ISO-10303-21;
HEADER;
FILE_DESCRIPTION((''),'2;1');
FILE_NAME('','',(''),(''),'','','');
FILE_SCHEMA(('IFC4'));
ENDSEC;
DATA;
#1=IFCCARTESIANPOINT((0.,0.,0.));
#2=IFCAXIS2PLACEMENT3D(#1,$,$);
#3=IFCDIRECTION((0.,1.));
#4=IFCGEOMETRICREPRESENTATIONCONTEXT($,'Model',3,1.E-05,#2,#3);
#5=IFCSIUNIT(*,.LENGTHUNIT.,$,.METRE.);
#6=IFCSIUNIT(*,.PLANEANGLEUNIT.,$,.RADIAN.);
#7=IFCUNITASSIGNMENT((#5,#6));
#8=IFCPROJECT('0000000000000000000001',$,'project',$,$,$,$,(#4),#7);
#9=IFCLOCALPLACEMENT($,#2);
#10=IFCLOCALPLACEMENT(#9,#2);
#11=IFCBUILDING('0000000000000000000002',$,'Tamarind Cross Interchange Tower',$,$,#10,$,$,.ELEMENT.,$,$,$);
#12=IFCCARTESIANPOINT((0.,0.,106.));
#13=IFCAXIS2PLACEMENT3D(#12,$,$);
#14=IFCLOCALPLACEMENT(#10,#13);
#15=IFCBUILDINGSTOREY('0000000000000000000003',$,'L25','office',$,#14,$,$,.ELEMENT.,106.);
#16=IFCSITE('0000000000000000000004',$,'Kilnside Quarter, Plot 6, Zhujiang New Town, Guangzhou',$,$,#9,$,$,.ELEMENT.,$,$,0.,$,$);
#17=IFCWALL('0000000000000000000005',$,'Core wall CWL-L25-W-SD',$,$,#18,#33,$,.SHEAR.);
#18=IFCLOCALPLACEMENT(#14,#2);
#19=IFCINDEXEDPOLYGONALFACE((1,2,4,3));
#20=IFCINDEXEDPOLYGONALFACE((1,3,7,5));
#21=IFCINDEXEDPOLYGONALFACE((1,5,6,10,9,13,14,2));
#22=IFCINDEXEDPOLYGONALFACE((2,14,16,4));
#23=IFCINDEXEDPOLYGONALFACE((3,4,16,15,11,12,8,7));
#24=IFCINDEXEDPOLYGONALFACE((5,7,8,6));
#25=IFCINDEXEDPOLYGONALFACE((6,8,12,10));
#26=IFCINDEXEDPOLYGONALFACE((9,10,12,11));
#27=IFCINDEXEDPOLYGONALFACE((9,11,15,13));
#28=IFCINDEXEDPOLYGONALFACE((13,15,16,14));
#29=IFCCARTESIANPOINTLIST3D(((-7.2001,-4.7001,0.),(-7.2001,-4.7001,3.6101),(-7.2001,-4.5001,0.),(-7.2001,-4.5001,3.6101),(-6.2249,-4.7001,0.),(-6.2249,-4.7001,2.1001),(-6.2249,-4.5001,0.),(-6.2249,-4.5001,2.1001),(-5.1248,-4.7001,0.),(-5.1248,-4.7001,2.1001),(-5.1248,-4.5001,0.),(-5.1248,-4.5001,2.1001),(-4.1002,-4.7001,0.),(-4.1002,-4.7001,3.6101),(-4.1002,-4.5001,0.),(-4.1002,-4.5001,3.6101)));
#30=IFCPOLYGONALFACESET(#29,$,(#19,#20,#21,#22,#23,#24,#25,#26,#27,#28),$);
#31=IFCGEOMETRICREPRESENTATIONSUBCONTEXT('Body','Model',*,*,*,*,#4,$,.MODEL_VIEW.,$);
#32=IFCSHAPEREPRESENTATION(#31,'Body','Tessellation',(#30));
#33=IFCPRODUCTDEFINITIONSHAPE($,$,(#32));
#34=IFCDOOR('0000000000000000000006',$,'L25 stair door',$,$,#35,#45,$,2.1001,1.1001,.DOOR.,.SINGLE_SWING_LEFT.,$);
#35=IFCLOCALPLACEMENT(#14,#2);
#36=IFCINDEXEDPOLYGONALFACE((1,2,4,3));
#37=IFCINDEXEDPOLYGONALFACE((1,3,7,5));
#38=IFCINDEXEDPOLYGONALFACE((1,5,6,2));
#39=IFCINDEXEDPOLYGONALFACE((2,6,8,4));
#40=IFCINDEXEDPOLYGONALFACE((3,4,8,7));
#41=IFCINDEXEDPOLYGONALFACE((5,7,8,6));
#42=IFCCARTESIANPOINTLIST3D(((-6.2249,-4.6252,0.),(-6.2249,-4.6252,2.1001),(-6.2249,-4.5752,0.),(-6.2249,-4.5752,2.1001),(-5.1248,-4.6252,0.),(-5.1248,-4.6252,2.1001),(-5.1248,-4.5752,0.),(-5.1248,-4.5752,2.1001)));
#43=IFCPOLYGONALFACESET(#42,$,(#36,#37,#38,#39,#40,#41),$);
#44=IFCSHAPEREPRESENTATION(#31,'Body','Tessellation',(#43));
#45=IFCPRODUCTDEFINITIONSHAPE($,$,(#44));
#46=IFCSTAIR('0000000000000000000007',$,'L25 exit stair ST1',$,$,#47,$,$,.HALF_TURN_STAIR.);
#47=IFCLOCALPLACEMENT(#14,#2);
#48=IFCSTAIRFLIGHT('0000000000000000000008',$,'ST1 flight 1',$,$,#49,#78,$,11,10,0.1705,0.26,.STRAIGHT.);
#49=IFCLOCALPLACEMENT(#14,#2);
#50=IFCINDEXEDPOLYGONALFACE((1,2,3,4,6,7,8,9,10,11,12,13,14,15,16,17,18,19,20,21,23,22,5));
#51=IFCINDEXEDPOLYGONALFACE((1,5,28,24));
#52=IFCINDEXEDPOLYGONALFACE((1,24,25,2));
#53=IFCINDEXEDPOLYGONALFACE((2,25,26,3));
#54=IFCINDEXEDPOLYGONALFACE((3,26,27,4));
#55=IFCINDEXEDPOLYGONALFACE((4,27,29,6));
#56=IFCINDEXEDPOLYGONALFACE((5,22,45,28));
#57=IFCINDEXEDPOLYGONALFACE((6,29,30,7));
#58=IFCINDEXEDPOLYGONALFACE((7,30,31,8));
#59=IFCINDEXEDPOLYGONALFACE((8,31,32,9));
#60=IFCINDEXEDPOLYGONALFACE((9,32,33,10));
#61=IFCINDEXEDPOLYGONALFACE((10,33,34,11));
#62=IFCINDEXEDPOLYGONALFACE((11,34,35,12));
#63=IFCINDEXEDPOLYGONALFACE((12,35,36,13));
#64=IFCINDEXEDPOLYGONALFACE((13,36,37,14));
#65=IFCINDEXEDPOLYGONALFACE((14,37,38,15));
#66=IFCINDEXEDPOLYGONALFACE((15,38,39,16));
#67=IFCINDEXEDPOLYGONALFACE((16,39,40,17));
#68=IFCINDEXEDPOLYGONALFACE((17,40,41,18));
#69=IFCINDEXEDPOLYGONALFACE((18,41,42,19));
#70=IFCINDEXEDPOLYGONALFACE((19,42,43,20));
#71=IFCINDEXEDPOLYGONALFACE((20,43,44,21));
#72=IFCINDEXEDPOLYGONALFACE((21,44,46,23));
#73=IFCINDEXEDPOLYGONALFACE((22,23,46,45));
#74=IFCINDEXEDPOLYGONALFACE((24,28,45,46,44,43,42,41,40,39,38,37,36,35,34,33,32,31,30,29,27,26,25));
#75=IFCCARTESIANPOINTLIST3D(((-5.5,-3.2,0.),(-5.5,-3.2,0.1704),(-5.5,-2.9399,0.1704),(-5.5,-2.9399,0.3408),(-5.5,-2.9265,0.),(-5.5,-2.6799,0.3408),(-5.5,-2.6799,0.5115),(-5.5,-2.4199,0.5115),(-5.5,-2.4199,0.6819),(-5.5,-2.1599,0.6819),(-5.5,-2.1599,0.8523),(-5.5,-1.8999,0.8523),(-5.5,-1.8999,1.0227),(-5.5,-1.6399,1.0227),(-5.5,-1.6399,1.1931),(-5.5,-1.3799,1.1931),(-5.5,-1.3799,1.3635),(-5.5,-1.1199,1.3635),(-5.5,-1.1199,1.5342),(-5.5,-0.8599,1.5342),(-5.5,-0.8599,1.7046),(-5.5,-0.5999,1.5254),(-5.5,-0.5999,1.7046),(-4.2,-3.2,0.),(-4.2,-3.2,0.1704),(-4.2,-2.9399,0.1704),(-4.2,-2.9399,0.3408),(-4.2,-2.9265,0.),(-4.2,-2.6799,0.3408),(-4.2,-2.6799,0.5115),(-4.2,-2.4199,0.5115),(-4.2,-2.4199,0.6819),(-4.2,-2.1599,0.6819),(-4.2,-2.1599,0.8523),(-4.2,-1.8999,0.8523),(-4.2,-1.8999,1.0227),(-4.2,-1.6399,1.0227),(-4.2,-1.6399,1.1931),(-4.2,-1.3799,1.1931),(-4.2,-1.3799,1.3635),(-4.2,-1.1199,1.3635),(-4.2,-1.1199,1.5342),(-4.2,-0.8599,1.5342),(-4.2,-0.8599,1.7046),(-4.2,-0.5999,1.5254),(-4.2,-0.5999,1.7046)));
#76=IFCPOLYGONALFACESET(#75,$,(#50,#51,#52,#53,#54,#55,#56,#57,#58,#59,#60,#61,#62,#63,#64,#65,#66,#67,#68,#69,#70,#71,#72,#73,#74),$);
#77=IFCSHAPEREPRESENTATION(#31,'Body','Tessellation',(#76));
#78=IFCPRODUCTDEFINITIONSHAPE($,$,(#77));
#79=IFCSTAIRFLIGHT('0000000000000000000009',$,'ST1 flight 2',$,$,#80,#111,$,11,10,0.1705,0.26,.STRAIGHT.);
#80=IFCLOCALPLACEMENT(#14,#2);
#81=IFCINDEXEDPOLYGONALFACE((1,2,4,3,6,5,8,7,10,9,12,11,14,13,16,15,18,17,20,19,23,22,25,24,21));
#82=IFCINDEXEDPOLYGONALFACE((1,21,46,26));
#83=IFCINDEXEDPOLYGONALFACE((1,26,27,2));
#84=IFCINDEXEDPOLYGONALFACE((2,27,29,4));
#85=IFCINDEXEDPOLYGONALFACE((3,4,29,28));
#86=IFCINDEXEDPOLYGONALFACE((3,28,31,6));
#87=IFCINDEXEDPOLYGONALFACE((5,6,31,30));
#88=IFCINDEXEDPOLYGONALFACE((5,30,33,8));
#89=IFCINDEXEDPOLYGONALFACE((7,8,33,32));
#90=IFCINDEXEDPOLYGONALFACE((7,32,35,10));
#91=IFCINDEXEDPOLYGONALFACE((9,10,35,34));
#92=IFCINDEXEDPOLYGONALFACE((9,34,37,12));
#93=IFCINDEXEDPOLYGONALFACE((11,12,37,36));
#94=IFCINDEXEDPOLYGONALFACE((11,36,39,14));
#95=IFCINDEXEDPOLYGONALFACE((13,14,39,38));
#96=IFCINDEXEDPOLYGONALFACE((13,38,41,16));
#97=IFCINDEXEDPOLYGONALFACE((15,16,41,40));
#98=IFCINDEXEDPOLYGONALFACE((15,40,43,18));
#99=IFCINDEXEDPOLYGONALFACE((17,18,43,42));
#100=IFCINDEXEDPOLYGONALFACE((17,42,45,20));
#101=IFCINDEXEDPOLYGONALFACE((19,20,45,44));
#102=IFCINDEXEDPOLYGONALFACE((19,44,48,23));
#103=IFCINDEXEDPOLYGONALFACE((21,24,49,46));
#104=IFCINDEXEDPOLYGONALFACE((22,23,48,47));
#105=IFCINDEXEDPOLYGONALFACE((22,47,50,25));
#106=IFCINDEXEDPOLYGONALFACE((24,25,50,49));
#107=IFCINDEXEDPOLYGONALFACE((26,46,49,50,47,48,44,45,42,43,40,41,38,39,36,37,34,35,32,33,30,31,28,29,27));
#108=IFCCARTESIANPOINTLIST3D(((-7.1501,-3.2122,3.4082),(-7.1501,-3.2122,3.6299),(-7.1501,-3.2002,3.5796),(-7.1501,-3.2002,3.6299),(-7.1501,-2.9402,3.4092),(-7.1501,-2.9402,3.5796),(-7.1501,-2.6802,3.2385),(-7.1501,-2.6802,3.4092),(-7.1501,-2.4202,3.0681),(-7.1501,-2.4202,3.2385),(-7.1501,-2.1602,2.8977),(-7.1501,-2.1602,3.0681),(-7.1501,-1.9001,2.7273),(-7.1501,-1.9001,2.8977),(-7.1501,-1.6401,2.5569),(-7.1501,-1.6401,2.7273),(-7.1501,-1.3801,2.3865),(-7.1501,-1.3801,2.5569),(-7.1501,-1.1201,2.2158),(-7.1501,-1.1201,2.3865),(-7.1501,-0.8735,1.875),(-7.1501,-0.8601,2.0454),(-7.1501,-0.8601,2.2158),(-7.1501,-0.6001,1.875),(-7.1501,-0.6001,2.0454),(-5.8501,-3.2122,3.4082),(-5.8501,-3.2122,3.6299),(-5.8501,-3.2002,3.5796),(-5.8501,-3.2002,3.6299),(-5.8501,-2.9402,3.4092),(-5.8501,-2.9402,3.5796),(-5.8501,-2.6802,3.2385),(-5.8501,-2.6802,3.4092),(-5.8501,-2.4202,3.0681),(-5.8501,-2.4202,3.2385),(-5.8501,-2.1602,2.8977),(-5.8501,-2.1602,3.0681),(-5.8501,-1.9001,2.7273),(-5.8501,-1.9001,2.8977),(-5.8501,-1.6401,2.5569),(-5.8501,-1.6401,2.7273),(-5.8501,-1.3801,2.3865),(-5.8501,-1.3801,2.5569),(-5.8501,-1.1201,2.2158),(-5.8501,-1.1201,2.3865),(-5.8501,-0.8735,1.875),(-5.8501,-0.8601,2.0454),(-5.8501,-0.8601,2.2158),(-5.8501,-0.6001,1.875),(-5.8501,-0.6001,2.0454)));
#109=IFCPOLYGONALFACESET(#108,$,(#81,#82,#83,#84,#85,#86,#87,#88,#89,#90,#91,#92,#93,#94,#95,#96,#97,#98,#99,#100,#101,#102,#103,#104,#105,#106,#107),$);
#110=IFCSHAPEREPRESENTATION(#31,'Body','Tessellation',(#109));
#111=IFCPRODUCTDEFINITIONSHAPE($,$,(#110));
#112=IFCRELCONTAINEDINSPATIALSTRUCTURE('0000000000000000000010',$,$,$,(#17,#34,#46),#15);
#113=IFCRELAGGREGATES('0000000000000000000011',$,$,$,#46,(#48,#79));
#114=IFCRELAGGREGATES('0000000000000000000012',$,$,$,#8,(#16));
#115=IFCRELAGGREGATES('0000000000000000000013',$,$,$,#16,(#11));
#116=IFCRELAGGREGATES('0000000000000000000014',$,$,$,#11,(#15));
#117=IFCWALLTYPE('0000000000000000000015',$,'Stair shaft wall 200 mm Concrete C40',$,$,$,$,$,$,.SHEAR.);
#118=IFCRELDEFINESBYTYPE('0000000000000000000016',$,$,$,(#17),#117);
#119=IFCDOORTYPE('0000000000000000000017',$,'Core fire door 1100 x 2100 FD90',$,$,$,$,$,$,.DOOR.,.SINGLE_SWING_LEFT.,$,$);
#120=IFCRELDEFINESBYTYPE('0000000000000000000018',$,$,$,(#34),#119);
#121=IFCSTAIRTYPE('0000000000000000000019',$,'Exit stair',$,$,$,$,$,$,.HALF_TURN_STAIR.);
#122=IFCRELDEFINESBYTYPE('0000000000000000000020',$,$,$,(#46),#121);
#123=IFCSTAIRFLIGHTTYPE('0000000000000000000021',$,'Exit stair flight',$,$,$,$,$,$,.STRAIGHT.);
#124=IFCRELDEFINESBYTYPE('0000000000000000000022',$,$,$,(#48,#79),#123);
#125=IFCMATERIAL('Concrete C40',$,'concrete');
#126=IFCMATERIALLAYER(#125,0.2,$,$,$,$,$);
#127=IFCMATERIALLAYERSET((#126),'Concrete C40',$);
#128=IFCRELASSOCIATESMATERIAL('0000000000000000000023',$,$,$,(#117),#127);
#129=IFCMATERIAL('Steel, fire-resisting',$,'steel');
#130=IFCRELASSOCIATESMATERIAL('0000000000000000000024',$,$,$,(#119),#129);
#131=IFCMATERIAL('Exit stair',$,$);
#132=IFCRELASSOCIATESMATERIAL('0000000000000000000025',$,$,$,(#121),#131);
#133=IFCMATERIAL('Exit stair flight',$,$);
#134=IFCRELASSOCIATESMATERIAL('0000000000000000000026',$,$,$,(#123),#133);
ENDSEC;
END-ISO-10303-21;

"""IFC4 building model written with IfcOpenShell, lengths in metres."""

from ifc_helpers import new_model, si_unit, direction, frame, frame_2d, origin, place, context, subcontext, project, spatial, polyline, rectangle, outline, extrude, material, layer, layer_set, type_object, element, fill, aggregate, save


model = new_model("IFC4")

# Units and contexts
model_context = context("Model", 3, precision=1e-05, world=origin(), true_north=direction((0.0, 1.0)))
body_context = subcontext(model_context, "Body", "Model", "MODEL_VIEW")
ifc_project = project(units=[si_unit("LENGTHUNIT", "METRE"), si_unit("PLANEANGLEUNIT", "RADIAN")], contexts=[model_context])

# Site, building, storey
site_placement = place(None, origin())
site = spatial("IfcSite", under=ifc_project, at=site_placement, Name="Kilnside Quarter, Plot 6, Zhujiang New Town, Guangzhou", CompositionType="ELEMENT", RefElevation=0.0)
building_placement = place(site_placement, origin())
building = spatial("IfcBuilding", under=site, at=building_placement, Name="Tamarind Cross Interchange Tower", CompositionType="ELEMENT")
storey_placement = place(building_placement, frame((0.0, 0.0, 106.0)))
storey = spatial("IfcBuildingStorey", under=building, at=storey_placement, Name="L25", Description="office", CompositionType="ELEMENT", Elevation=106.0)

# Shared definitions
ifc_material_1 = material(Name="Steel, fire-resisting", Category="steel")

# Wall, opening, door
ifc_material_2 = material(Name="Concrete C40", Category="concrete")
ifc_layer_1 = layer(ifc_material_2, 0.2)
ifc_layer_set_1 = layer_set([ifc_layer_1], Name="Concrete C40")
wall_type_1 = type_object("IfcWallType", Name="Stair shaft wall 200 mm Concrete C40", PredefinedType="SHEAR", material=ifc_layer_set_1)
wall_1_placement = place(storey_placement, frame((-7.2, -4.6001, 0.0), z_axis=(0.0, 0.0, 1.0), x_axis=(1.0, 0.0, 0.0)))
wall_1 = element("IfcWall", 1, at=wall_1_placement, inside=storey, type_object=wall_type_1, Name="Core wall CWL-L25-W-SD", PredefinedType="SHEAR", context=body_context, shape_type="SweptSolid", body=[
    extrude(rectangle(XDim=3.0999, YDim=0.2, at=frame_2d((1.5498, 0.0))), origin(), (0.0, 0.0, 1.0), 3.6101),
])
opening_1_placement = place(wall_1_placement, frame((0.9751, 0.0, 0.0)))
opening_1 = element("IfcOpeningElement", 2, at=opening_1_placement, cuts=wall_1, PredefinedType="OPENING", context=body_context, shape_type="SweptSolid", body=[
    extrude(rectangle(XDim=1.1001, YDim=2.1001, at=frame_2d((0.55, 1.05))), frame((0.0, 0.1099, 0.0), z_axis=(0.0, -1.0, 0.0), x_axis=(1.0, 0.0, 0.0)), (0.0, 0.0, 1.0), 0.22),
])
door_type_1 = type_object("IfcDoorType", Name="Core fire door 1100 x 2100 FD90", OperationType="SINGLE_SWING_LEFT", PredefinedType="DOOR", material=ifc_material_1)
door_1_placement = place(opening_1_placement, origin())
door_1 = element("IfcDoor", 3, at=door_1_placement, inside=storey, type_object=door_type_1, Name="L25 stair door", OperationType="SINGLE_SWING_LEFT", OverallHeight=2.1001, OverallWidth=1.1001, PredefinedType="DOOR", context=body_context, shape_type="SweptSolid", body=[
    extrude(rectangle(XDim=1.1001, YDim=2.1001, at=frame_2d((0.55, 1.05))), frame((0.0, 0.0249, 0.0), z_axis=(0.0, -1.0, 0.0), x_axis=(1.0, 0.0, 0.0)), (0.0, 0.0, 1.0), 0.05),
])
fill(opening_1, door_1)

# Stair, stair flights
ifc_material_3 = material(Name="Exit stair")
stair_type = type_object("IfcStairType", Name="Exit stair", PredefinedType="HALF_TURN_STAIR", material=ifc_material_3)
stair_placement = place(storey_placement, origin())
stair = element("IfcStair", 4, at=stair_placement, inside=storey, type_object=stair_type, Name="L25 exit stair ST1", PredefinedType="HALF_TURN_STAIR")
ifc_material_4 = material(Name="Exit stair flight")
stair_flight_type = type_object("IfcStairFlightType", Name="Exit stair flight", PredefinedType="STRAIGHT", material=ifc_material_4)
stair_flight_1_placement = place(storey_placement, frame((-4.8501, -3.2, 0.0), z_axis=(0.0, 0.0, 1.0), x_axis=(0.0, 1.0, 0.0)))
stair_flight_1 = element("IfcStairFlight", 5, at=stair_flight_1_placement, type_object=stair_flight_type, Name="ST1 flight 1", NumberOfRisers=11, NumberOfTreads=10, PredefinedType="STRAIGHT", RiserHeight=0.1705, TreadLength=0.26, context=body_context, shape_type="SweptSolid", body=[
    extrude(outline(polyline([(0.0, 0.0), (0.0, 0.1704), (0.26, 0.1704), (0.26, 0.3408), (0.52, 0.3408), (0.52, 0.5115), (0.78, 0.5115), (0.78, 0.6819), (1.04, 0.6819), (1.04, 0.8523), (1.3, 0.8523), (1.3, 1.0227), (1.5601, 1.0227), (1.5601, 1.1931), (1.8201, 1.1931), (1.8201, 1.3635), (2.0801, 1.3635), (2.0801, 1.5342), (2.3401, 1.5342), (2.3401, 1.7046), (2.6001, 1.7046), (2.6001, 1.875), (2.6001, 1.5254), (0.2734, 0.0), (0.0, 0.0)])), frame((0.0, 0.6499, 0.0), z_axis=(0.0, -1.0, 0.0), x_axis=(1.0, 0.0, 0.0)), (0.0, 0.0, 1.0), 1.3),
])
stair_flight_2_placement = place(storey_placement, frame((-6.5, -0.6001, 1.875), z_axis=(0.0, 0.0, 1.0), x_axis=(0.0, -1.0, 0.0)))
stair_flight_2 = element("IfcStairFlight", 6, at=stair_flight_2_placement, type_object=stair_flight_type, Name="ST1 flight 2", NumberOfRisers=11, NumberOfTreads=10, PredefinedType="STRAIGHT", RiserHeight=0.1705, TreadLength=0.26, context=body_context, shape_type="SweptSolid", body=[
    extrude(outline(polyline([(0.0, 0.0), (0.0, 0.1704), (0.26, 0.1704), (0.26, 0.3408), (0.52, 0.3408), (0.52, 0.5115), (0.78, 0.5115), (0.78, 0.6819), (1.04, 0.6819), (1.04, 0.8523), (1.3, 0.8523), (1.3, 1.0227), (1.5601, 1.0227), (1.5601, 1.1931), (1.8201, 1.1931), (1.8201, 1.3635), (2.0801, 1.3635), (2.0801, 1.5342), (2.3401, 1.5342), (2.3401, 1.7046), (2.6001, 1.7046), (2.6001, 1.7549), (2.6121, 1.7549), (2.6121, 1.5332), (0.2734, 0.0), (0.0, 0.0)])), frame((0.0, 0.6499, 0.0), z_axis=(0.0, -1.0, 0.0), x_axis=(1.0, 0.0, 0.0)), (0.0, 0.0, 1.0), 1.3),
])
aggregate(stair, [stair_flight_1, stair_flight_2])

save(model, "model.ifc")
